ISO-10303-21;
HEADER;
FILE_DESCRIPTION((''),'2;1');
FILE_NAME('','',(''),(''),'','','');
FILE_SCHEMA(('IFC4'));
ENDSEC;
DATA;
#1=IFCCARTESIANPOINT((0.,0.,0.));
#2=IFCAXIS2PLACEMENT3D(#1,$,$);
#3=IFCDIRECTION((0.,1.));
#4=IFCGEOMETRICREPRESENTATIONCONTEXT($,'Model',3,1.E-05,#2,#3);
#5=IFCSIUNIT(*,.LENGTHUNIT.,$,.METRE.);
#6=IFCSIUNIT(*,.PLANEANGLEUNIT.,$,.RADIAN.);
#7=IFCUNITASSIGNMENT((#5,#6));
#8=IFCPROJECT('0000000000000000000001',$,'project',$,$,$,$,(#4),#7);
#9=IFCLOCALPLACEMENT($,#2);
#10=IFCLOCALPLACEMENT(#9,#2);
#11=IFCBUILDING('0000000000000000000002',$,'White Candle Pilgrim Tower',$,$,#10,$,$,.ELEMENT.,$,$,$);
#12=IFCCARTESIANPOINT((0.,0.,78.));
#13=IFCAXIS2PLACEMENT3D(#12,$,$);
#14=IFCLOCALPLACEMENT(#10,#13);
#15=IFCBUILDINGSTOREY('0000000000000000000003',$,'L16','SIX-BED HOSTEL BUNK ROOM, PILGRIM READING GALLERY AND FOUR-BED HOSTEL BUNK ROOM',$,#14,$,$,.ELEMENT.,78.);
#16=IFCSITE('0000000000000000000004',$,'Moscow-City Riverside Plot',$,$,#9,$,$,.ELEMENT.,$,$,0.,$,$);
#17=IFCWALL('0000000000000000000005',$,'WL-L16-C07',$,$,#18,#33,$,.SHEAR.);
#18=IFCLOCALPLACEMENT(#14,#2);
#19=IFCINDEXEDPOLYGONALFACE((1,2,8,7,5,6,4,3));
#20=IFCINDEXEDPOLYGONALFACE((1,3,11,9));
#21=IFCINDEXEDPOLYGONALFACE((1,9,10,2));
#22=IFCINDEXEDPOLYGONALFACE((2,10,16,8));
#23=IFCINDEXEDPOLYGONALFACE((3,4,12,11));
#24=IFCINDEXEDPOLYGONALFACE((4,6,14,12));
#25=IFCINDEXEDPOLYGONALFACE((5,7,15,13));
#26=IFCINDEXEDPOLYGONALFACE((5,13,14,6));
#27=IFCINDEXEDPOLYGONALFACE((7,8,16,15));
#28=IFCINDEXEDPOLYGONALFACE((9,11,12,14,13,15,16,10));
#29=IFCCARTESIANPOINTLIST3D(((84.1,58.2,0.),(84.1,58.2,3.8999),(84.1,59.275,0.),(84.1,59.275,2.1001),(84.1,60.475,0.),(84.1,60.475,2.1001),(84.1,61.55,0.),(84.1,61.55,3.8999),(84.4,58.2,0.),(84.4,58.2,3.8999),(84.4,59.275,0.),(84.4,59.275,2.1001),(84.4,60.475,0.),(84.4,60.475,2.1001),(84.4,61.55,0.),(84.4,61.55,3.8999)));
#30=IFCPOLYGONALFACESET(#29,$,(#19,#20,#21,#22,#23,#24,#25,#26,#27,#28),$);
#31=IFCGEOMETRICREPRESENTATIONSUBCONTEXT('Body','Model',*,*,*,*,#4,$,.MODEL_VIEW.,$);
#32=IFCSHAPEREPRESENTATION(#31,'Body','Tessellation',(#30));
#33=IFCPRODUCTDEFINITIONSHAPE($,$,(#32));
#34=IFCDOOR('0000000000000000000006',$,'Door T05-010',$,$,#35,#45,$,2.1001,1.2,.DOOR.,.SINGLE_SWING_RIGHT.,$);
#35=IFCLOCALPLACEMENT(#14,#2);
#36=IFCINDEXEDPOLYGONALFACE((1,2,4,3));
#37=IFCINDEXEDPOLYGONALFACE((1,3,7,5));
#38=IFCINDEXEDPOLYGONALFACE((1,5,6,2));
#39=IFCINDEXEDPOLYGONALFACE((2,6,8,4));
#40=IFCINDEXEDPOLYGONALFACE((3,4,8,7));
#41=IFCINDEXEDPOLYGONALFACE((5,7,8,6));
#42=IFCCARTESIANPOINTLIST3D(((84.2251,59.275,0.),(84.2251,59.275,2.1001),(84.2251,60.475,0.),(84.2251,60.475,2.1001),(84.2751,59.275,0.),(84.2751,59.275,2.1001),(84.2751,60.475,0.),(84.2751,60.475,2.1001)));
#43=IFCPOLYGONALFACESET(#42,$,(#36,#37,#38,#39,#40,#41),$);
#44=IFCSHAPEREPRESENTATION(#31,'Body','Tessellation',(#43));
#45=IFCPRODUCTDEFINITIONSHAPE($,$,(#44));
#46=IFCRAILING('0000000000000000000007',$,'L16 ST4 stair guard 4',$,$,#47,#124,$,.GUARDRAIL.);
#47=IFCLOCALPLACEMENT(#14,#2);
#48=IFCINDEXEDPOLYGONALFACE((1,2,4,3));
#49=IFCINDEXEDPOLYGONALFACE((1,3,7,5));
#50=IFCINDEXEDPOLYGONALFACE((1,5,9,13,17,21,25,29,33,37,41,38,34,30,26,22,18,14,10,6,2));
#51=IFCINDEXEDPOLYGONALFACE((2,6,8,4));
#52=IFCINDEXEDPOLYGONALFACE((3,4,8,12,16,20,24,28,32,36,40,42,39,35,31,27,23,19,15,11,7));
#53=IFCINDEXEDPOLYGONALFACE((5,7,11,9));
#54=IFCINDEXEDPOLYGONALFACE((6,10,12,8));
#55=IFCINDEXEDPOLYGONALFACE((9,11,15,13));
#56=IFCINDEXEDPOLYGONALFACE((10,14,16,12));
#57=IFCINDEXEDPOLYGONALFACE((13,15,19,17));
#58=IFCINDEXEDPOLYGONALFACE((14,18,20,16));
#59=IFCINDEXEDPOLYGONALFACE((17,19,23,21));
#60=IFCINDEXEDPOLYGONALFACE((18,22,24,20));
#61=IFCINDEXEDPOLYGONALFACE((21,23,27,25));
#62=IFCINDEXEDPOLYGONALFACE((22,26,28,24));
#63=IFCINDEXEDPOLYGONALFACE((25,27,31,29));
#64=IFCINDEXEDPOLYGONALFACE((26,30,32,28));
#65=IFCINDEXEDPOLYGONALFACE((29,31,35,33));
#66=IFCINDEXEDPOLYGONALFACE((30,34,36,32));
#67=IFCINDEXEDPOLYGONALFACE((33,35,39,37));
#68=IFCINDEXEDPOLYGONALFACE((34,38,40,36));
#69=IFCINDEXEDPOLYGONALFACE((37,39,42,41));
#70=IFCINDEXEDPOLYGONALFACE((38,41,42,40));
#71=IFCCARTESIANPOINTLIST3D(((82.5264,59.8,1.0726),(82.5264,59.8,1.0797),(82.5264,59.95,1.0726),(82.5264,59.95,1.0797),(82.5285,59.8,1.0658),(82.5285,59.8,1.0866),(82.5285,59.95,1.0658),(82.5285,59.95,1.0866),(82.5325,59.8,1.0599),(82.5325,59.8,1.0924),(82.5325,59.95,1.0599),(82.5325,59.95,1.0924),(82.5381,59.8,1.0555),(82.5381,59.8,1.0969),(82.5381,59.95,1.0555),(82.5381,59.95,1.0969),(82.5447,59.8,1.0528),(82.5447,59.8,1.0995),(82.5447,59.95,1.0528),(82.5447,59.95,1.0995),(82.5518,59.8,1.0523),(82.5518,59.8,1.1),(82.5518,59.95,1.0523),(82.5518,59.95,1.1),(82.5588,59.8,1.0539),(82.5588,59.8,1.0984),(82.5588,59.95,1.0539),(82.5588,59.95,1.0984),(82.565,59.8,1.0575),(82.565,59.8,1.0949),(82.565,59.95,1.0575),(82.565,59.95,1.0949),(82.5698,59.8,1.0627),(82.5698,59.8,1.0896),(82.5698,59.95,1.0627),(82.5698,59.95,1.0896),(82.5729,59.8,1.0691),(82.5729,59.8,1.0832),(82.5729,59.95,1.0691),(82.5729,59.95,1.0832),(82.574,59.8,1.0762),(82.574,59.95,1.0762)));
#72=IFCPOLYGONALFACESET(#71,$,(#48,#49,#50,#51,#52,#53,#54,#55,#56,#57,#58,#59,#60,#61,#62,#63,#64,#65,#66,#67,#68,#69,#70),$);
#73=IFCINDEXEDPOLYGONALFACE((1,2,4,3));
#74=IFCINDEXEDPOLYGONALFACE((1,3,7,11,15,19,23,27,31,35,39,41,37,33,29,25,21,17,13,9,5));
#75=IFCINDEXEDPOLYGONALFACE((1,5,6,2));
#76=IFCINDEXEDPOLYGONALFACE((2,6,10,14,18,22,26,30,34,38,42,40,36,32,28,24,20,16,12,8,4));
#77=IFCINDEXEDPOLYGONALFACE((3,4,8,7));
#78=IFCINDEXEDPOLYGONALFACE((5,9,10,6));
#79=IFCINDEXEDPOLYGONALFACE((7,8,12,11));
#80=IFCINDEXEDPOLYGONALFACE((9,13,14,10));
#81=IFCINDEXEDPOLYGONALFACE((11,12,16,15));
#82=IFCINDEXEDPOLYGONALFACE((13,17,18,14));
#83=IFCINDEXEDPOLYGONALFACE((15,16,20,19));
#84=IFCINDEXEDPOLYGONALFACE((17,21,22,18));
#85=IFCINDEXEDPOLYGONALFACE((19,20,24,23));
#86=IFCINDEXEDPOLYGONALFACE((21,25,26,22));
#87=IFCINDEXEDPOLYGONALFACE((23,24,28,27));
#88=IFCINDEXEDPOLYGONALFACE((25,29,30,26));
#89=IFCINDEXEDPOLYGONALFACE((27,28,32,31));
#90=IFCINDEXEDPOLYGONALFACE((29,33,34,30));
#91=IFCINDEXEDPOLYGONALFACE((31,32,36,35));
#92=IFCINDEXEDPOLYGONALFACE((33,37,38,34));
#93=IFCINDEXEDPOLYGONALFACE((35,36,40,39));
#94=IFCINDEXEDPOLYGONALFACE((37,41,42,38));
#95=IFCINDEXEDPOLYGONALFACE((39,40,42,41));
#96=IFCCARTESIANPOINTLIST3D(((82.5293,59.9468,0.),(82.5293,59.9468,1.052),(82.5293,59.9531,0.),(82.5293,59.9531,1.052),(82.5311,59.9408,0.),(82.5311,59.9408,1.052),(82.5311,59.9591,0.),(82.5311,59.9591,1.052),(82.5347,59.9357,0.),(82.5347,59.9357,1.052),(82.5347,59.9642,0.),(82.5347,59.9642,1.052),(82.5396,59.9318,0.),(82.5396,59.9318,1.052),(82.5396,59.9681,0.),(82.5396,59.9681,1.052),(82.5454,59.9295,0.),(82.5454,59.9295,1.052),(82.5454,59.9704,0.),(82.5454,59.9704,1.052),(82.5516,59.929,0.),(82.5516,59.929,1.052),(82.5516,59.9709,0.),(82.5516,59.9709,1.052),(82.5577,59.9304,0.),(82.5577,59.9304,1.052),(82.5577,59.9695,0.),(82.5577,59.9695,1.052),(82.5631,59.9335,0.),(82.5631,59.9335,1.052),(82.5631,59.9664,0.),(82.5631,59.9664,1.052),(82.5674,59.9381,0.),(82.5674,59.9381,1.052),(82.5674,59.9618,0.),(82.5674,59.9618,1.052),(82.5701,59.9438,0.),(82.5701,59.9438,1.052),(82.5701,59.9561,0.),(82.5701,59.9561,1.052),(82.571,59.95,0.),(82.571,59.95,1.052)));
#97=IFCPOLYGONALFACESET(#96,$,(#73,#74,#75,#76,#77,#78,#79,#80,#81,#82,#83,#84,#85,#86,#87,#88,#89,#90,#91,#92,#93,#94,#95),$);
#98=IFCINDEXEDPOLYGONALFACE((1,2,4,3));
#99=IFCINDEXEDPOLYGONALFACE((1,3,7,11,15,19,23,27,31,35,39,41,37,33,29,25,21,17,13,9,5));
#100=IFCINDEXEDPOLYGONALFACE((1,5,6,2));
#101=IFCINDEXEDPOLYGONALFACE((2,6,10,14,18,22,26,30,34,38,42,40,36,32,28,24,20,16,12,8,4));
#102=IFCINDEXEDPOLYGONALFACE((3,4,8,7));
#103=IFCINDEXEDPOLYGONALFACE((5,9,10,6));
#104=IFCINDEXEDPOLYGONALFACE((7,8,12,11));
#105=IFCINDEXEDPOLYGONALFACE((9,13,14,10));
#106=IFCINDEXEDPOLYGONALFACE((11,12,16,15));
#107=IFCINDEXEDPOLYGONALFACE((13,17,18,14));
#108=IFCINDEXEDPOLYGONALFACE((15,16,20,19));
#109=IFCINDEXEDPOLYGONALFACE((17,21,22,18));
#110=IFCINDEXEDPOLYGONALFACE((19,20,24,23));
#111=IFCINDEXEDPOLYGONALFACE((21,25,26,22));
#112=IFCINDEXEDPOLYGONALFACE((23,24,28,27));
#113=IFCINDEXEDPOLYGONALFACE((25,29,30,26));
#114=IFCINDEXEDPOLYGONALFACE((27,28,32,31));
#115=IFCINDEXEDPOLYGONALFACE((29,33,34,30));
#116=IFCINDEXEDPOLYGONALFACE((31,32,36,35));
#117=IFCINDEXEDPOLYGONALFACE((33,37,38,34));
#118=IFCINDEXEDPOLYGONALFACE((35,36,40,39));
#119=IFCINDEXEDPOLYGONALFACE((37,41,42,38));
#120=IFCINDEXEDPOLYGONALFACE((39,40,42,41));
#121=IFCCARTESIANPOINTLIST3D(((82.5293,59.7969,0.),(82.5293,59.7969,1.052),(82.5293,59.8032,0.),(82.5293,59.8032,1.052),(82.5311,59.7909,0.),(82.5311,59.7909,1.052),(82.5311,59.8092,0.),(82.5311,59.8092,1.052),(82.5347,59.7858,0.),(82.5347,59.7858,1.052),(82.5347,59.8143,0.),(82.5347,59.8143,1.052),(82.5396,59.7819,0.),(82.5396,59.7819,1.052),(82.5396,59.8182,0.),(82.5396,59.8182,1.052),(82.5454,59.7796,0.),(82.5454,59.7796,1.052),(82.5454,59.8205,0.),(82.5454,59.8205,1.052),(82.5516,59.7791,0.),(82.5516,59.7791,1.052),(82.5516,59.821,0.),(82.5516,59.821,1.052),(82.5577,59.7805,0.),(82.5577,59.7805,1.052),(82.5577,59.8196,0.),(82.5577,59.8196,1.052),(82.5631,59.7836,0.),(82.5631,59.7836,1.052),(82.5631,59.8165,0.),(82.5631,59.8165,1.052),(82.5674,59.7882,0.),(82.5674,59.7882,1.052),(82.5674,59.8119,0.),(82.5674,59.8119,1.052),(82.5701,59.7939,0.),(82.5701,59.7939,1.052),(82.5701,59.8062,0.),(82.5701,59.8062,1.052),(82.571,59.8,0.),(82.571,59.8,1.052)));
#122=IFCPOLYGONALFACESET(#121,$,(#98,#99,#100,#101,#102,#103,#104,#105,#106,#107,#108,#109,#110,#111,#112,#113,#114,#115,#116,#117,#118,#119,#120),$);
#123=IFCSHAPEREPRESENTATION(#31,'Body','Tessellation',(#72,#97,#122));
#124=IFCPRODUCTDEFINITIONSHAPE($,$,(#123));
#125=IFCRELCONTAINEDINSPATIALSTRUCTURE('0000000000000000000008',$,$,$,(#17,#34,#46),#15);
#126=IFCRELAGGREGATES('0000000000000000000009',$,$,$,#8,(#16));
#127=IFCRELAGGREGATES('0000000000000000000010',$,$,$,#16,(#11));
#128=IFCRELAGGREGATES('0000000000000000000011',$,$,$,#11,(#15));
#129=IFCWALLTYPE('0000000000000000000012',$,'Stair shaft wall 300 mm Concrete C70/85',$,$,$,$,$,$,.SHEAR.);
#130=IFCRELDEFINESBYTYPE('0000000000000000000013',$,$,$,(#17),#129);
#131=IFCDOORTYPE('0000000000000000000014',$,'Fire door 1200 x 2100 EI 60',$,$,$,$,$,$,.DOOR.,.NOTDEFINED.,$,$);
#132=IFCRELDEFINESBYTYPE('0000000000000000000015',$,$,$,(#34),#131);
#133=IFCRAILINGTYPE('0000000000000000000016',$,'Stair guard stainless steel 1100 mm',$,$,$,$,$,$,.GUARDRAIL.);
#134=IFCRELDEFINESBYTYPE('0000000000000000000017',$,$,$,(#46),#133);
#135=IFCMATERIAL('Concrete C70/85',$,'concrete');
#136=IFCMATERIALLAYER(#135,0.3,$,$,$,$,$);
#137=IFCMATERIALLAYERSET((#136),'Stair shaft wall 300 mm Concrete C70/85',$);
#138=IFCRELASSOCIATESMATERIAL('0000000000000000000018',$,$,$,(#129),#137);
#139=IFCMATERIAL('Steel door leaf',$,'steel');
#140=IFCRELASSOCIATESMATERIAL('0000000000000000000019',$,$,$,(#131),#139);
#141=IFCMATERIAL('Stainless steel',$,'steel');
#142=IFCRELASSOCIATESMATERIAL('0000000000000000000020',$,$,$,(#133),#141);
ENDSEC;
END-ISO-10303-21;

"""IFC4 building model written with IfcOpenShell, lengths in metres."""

from ifc_helpers import new_model, si_unit, direction, frame, frame_2d, origin, origin_2d, place, context, subcontext, project, spatial, rectangle, circle, extrude, material, layer, layer_set, type_object, element, fill, save


model = new_model("IFC4")

# Units and contexts
model_context = context("Model", 3, precision=1e-05, world=origin(), true_north=direction((0.0, 1.0)))
body_context = subcontext(model_context, "Body", "Model", "MODEL_VIEW")
ifc_project = project(units=[si_unit("LENGTHUNIT", "METRE"), si_unit("PLANEANGLEUNIT", "RADIAN")], contexts=[model_context])

# Site, building, storey
site_placement = place(None, origin())
site = spatial("IfcSite", under=ifc_project, at=site_placement, Name="Moscow-City Riverside Plot", CompositionType="ELEMENT", RefElevation=0.0)
building_placement = place(site_placement, origin())
building = spatial("IfcBuilding", under=site, at=building_placement, Name="White Candle Pilgrim Tower", CompositionType="ELEMENT")
storey_placement = place(building_placement, frame((0.0, 0.0, 78.0)))
storey = spatial("IfcBuildingStorey", under=building, at=storey_placement, Name="L16", Description="SIX-BED HOSTEL BUNK ROOM, PILGRIM READING GALLERY AND FOUR-BED HOSTEL BUNK ROOM", CompositionType="ELEMENT", Elevation=78.0)

# Shared definitions
ifc_material_1 = material(Name="Concrete C70/85", Category="concrete")

# Shared definitions
ifc_material_2 = material(Name="Steel door leaf", Category="steel")

# Wall, opening, door
ifc_layer_1 = layer(ifc_material_1, 0.3)
ifc_layer_set_1 = layer_set([ifc_layer_1], Name="Stair shaft wall 300 mm Concrete C70/85")
wall_type_1 = type_object("IfcWallType", Name="Stair shaft wall 300 mm Concrete C70/85", PredefinedType="SHEAR", material=ifc_layer_set_1)
wall_1_placement = place(storey_placement, frame((84.25, 58.2, 0.0), z_axis=(0.0, 0.0, 1.0), x_axis=(0.0, 1.0, 0.0)))
wall_1 = element("IfcWall", 1, at=wall_1_placement, inside=storey, type_object=wall_type_1, Name="WL-L16-C07", PredefinedType="SHEAR", context=body_context, shape_type="SweptSolid", body=[
    extrude(rectangle(XDim=3.3501, YDim=0.3, at=frame_2d((1.675, 0.0))), origin(), (0.0, 0.0, 1.0), 3.8999),
])
opening_1_placement = place(wall_1_placement, frame((1.075, 0.0, 0.0)))
opening_1 = element("IfcOpeningElement", 2, at=opening_1_placement, cuts=wall_1, PredefinedType="OPENING", context=body_context, shape_type="SweptSolid", body=[
    extrude(rectangle(XDim=1.2, YDim=2.1001, at=frame_2d((0.6001, 1.05))), frame((0.0, 0.1599, 0.0), z_axis=(0.0, -1.0, 0.0), x_axis=(1.0, 0.0, 0.0)), (0.0, 0.0, 1.0), 0.3201),
])
door_type_1 = type_object("IfcDoorType", Name="Fire door 1200 x 2100 EI 60", OperationType="NOTDEFINED", PredefinedType="DOOR", material=ifc_material_2)
door_1_placement = place(opening_1_placement, origin())
door_1 = element("IfcDoor", 3, at=door_1_placement, inside=storey, type_object=door_type_1, Name="Door T05-010", OperationType="SINGLE_SWING_RIGHT", OverallHeight=2.1001, OverallWidth=1.2, PredefinedType="DOOR", context=body_context, shape_type="SweptSolid", body=[
    extrude(rectangle(XDim=1.2, YDim=2.1001, at=frame_2d((0.6001, 1.05))), frame((0.0, 0.0249, 0.0), z_axis=(0.0, -1.0, 0.0), x_axis=(1.0, 0.0, 0.0)), (0.0, 0.0, 1.0), 0.05),
])
fill(opening_1, door_1)

# Railing
ifc_material_3 = material(Name="Stainless steel", Category="steel")
railing_type_1 = type_object("IfcRailingType", Name="Stair guard stainless steel 1100 mm", PredefinedType="GUARDRAIL", material=ifc_material_3)
railing_1_placement = place(storey_placement, frame((82.55, 59.95, 0.0)))
element("IfcRailing", 4, at=railing_1_placement, inside=storey, type_object=railing_type_1, Name="L16 ST4 stair guard 4", PredefinedType="GUARDRAIL", context=body_context, shape_type="SweptSolid", body=[
    extrude(circle(Radius=0.0239, at=origin_2d()), frame((0.0, 0.0, 1.0762), z_axis=(0.0, -1.0, 0.0), x_axis=(1.0, 0.0, 0.0)), (0.0, 0.0, 1.0), 0.1499),
    extrude(circle(Radius=0.021, at=origin_2d()), origin(), (0.0, 0.0, 1.0), 1.052),
    extrude(circle(Radius=0.021, at=origin_2d()), frame((0.0, -0.1499, 0.0)), (0.0, 0.0, 1.0), 1.052),
])

save(model, "model.ifc")
